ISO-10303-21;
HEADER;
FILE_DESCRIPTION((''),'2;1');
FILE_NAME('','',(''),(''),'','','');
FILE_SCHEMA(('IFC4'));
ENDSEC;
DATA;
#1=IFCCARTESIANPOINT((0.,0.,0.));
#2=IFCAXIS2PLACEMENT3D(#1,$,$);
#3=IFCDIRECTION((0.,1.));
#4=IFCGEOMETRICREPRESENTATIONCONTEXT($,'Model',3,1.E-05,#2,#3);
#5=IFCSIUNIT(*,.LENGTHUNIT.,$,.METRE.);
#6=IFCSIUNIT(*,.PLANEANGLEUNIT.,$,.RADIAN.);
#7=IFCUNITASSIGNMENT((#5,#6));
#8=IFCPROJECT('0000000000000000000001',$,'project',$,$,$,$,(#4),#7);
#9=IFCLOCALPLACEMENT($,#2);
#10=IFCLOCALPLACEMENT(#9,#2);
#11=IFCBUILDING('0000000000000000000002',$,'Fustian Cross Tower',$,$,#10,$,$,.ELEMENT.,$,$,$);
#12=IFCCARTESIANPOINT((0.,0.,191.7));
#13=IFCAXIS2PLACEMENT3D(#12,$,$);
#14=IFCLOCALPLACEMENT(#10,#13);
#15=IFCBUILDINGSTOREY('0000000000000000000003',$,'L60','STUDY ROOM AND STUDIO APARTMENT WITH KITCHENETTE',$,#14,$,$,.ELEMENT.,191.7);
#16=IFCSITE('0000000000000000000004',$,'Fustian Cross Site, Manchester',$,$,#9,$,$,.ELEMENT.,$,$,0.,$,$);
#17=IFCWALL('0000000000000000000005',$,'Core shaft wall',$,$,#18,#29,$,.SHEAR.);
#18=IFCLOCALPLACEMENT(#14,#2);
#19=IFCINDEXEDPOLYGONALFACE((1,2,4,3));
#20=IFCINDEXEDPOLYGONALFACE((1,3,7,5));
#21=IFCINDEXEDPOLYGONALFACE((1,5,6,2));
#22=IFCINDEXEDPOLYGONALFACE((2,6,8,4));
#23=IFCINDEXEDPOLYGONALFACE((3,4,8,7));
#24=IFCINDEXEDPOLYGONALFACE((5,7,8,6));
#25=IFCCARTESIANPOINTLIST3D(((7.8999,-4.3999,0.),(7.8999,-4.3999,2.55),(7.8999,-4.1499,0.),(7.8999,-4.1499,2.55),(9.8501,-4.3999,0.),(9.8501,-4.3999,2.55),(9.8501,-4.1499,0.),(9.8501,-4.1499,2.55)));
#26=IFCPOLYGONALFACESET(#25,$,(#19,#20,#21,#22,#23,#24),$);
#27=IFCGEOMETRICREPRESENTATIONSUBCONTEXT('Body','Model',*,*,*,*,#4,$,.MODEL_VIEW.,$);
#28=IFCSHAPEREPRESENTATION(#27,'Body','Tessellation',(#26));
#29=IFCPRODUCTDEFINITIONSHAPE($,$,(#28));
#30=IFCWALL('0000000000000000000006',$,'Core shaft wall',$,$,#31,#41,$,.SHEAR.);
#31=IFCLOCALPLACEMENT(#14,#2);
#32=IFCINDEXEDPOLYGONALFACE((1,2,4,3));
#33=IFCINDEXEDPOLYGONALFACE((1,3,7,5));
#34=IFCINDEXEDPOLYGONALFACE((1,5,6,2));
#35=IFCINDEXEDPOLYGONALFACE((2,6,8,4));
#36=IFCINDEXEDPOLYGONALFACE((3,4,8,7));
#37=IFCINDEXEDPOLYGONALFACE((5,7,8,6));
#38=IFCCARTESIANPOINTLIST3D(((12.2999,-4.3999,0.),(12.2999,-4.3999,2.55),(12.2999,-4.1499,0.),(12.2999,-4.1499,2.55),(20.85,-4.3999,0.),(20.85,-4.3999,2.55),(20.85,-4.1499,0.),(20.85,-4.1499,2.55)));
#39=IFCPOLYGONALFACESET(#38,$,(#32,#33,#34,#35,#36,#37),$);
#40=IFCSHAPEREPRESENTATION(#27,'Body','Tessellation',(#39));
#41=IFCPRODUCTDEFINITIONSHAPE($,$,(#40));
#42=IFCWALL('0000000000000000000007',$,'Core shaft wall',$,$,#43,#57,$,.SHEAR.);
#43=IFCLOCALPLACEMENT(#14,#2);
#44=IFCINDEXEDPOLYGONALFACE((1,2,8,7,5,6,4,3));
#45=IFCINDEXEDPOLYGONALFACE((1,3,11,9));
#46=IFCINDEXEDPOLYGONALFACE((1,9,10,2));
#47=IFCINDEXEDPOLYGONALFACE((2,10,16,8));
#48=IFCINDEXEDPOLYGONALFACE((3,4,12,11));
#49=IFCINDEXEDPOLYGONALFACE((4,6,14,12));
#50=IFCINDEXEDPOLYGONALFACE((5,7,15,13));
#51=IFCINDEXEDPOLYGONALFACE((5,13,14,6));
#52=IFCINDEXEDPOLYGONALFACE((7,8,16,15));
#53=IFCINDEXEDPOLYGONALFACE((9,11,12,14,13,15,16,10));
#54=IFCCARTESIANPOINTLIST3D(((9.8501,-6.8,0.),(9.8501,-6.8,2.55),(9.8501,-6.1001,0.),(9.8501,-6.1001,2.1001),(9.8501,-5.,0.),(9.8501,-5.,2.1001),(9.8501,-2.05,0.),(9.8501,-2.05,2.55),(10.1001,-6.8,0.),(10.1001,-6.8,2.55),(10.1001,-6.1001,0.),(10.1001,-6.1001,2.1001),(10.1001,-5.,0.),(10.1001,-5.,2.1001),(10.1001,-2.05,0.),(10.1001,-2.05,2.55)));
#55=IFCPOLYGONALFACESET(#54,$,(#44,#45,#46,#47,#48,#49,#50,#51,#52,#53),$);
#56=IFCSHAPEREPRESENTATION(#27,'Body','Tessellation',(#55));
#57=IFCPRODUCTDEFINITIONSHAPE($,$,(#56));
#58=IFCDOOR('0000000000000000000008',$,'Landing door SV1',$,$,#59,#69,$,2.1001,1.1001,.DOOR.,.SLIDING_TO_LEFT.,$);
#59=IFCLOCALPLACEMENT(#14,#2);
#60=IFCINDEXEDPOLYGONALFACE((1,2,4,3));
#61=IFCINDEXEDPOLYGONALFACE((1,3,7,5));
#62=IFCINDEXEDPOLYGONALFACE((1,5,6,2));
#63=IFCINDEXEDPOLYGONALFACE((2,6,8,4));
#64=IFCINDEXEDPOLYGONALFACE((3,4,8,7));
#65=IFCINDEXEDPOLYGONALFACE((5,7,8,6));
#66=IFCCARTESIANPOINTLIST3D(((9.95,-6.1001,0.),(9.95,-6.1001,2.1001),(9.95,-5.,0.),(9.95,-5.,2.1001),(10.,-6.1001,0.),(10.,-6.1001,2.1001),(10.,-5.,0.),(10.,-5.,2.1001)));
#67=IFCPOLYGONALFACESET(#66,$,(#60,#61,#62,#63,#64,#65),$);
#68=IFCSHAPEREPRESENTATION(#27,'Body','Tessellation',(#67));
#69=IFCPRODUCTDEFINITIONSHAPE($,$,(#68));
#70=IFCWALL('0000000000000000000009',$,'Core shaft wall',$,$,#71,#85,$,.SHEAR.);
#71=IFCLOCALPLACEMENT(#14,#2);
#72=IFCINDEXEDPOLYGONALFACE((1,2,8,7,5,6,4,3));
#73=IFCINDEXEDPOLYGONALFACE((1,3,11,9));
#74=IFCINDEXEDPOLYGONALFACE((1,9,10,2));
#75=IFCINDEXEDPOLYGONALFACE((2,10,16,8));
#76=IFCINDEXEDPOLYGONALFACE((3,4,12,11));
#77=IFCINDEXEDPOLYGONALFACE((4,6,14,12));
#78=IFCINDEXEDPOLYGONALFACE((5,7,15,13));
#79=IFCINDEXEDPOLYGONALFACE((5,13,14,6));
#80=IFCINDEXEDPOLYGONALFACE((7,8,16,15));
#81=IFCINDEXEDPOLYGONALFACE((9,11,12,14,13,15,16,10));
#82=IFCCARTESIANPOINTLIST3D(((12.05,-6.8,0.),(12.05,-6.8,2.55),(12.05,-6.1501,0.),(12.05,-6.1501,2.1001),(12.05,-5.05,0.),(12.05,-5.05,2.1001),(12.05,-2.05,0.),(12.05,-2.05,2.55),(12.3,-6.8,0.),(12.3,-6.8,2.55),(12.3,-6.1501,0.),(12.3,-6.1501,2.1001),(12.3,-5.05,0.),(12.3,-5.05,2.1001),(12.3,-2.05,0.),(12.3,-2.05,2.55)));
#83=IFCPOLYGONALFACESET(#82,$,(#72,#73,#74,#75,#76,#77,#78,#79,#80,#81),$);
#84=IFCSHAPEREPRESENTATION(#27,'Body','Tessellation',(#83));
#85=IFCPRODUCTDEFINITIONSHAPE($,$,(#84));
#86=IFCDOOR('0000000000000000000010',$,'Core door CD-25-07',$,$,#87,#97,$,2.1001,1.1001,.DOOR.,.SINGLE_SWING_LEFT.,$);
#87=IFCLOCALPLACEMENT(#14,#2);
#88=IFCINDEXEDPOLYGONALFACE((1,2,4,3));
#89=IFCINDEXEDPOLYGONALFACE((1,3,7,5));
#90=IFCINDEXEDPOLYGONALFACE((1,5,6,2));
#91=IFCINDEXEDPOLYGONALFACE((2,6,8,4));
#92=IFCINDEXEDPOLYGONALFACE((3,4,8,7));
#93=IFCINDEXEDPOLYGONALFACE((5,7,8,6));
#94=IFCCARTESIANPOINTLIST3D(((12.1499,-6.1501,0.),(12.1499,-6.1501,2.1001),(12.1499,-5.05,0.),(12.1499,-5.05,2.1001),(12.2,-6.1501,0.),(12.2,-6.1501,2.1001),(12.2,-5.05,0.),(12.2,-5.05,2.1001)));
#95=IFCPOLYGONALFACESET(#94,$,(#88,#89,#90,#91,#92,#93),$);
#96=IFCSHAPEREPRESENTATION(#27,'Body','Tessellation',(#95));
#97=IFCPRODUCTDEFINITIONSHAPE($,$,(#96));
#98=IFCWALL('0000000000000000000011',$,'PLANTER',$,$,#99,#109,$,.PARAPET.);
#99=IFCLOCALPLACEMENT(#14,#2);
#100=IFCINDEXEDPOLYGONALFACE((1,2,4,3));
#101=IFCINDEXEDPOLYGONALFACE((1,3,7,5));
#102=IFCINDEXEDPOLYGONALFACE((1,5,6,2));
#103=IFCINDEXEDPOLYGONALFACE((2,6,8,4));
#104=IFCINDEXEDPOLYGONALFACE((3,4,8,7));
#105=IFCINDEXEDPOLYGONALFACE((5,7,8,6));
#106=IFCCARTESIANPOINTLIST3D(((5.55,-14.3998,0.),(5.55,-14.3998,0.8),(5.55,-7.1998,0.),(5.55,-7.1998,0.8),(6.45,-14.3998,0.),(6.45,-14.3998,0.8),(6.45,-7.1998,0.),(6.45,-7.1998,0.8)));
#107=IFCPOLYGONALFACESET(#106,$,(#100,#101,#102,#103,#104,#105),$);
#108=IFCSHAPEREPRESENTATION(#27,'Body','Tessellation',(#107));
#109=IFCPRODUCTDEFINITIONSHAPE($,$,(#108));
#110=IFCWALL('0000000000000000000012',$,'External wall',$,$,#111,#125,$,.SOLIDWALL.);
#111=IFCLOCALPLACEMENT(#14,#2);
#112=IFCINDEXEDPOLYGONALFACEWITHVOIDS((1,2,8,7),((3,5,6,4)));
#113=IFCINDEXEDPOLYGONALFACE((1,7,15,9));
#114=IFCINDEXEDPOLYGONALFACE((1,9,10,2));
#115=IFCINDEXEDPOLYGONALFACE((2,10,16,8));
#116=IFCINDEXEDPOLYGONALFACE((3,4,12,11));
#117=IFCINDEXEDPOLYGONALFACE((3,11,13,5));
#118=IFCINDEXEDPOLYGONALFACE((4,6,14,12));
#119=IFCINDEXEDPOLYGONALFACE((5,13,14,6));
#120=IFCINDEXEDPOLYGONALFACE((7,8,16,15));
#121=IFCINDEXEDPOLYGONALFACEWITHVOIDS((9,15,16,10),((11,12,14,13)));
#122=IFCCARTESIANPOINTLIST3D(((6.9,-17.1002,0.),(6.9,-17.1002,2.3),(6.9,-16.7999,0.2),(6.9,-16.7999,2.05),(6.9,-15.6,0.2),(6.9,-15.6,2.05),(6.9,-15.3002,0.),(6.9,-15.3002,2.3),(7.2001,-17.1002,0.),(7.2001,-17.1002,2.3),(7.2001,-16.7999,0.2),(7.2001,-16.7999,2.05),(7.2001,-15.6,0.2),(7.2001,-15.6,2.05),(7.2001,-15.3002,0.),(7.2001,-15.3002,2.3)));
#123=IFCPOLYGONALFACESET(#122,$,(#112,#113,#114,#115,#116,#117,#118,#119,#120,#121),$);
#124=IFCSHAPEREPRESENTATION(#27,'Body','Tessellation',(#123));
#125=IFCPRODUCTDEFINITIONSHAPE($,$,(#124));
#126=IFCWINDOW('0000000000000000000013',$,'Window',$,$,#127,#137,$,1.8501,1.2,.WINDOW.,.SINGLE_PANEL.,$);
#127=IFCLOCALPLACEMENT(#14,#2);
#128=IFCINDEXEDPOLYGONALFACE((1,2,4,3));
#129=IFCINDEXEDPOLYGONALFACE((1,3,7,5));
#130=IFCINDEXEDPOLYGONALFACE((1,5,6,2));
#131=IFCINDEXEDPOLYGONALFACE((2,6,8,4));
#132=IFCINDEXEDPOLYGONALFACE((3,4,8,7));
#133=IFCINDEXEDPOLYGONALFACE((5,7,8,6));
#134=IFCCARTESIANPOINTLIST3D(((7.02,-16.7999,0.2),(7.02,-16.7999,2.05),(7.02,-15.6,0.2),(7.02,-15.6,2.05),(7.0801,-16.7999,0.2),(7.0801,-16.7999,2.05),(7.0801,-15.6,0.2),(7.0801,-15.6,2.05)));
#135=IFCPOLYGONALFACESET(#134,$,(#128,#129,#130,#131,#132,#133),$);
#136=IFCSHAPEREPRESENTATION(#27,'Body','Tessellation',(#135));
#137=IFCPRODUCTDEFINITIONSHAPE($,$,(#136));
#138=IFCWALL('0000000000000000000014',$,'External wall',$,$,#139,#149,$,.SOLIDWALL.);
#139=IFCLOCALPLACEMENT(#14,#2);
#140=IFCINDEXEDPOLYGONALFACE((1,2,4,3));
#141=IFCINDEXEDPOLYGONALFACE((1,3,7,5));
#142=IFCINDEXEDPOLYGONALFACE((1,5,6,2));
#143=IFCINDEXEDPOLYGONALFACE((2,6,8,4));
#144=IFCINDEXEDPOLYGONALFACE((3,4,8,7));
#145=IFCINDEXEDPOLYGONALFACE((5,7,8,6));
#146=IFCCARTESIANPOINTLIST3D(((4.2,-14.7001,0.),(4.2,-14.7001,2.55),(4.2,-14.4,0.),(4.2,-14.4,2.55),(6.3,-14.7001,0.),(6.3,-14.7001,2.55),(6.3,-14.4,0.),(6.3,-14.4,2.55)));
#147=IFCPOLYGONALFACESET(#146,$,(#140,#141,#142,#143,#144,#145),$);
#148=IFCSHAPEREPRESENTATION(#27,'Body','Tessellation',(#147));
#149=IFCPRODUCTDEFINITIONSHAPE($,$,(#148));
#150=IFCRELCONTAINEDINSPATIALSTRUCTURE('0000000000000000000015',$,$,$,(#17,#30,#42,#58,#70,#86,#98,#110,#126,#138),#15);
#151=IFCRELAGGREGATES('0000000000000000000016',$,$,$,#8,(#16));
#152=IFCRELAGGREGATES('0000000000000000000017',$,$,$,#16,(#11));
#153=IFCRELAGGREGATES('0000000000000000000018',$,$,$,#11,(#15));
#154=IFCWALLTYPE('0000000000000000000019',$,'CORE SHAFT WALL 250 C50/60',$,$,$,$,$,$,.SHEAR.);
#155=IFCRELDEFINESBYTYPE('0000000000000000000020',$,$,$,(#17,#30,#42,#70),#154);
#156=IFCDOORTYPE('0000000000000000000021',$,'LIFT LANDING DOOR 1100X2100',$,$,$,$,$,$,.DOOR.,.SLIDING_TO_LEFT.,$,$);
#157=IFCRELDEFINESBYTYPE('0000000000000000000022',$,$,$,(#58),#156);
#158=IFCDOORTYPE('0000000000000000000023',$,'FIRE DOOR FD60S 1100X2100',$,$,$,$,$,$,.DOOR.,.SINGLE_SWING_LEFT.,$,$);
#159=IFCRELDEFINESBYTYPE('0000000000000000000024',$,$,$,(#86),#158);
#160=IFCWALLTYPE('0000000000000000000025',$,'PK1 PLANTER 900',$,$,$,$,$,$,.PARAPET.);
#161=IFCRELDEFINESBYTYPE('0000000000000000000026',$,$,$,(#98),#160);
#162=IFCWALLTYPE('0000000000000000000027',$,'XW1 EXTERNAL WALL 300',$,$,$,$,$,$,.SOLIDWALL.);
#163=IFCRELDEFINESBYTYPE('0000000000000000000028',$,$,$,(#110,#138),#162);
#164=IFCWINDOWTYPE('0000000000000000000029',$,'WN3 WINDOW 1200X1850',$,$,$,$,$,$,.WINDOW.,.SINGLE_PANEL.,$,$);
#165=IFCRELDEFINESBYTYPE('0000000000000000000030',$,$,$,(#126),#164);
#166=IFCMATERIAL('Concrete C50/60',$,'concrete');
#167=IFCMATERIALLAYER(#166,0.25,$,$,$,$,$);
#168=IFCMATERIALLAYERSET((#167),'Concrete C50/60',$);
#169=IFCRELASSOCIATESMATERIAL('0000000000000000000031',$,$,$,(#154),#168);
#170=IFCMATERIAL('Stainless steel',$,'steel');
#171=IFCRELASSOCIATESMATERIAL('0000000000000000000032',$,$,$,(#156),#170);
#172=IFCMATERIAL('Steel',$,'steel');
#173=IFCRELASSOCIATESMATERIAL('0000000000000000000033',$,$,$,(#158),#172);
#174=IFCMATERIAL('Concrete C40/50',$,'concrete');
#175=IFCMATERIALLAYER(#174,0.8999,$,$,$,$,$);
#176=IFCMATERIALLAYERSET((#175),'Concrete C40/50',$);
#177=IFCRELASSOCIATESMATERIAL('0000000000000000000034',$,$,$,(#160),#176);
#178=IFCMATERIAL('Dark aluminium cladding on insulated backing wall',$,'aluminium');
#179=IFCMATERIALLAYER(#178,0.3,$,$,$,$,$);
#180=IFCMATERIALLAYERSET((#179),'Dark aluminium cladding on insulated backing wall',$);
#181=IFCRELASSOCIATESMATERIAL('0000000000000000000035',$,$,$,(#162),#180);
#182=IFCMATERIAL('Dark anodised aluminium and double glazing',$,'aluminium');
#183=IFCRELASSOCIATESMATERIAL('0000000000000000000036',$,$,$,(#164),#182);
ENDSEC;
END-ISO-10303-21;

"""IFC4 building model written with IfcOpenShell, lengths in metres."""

from ifc_helpers import new_model, si_unit, direction, frame, frame_2d, origin, place, context, subcontext, project, spatial, rectangle, extrude, material, layer, layer_set, type_object, element, fill, save


model = new_model("IFC4")

# Units and contexts
model_context = context("Model", 3, precision=1e-05, world=origin(), true_north=direction((0.0, 1.0)))
body_context = subcontext(model_context, "Body", "Model", "MODEL_VIEW")
ifc_project = project(units=[si_unit("LENGTHUNIT", "METRE"), si_unit("PLANEANGLEUNIT", "RADIAN")], contexts=[model_context])

# Site, building, storey
site_placement = place(None, origin())
site = spatial("IfcSite", under=ifc_project, at=site_placement, Name="Fustian Cross Site, Manchester", CompositionType="ELEMENT", RefElevation=0.0)
building_placement = place(site_placement, origin())
building = spatial("IfcBuilding", under=site, at=building_placement, Name="Fustian Cross Tower", CompositionType="ELEMENT")
storey_placement = place(building_placement, frame((0.0, 0.0, 191.7)))
storey = spatial("IfcBuildingStorey", under=building, at=storey_placement, Name="L60", Description="STUDY ROOM AND STUDIO APARTMENT WITH KITCHENETTE", CompositionType="ELEMENT", Elevation=191.7)

# Walls
ifc_material_1 = material(Name="Concrete C50/60", Category="concrete")
ifc_layer_1 = layer(ifc_material_1, 0.25)
ifc_layer_set_1 = layer_set([ifc_layer_1], Name="Concrete C50/60")
wall_type_1 = type_object("IfcWallType", Name="CORE SHAFT WALL 250 C50/60", PredefinedType="SHEAR", material=ifc_layer_set_1)
wall_1_placement = place(storey_placement, frame((7.8999, -4.2749, 0.0), z_axis=(0.0, 0.0, 1.0), x_axis=(1.0, 0.0, 0.0)))
element("IfcWall", 1, at=wall_1_placement, inside=storey, type_object=wall_type_1, Name="Core shaft wall", PredefinedType="SHEAR", context=body_context, shape_type="SweptSolid", body=[
    extrude(rectangle(XDim=1.9502, YDim=0.25, at=frame_2d((0.9751, 0.0))), origin(), (0.0, 0.0, 1.0), 2.55),
])
wall_2_placement = place(storey_placement, frame((12.3, -4.2749, 0.0), z_axis=(0.0, 0.0, 1.0), x_axis=(1.0, 0.0, 0.0)))
element("IfcWall", 2, at=wall_2_placement, inside=storey, type_object=wall_type_1, Name="Core shaft wall", PredefinedType="SHEAR", context=body_context, shape_type="SweptSolid", body=[
    extrude(rectangle(XDim=8.55, YDim=0.25, at=frame_2d((4.2749, 0.0))), origin(), (0.0, 0.0, 1.0), 2.55),
])

# Walls, openings, doors
wall_3_placement = place(storey_placement, frame((9.9751, -2.05, 0.0), z_axis=(0.0, 0.0, 1.0), x_axis=(0.0, -1.0, 0.0)))
wall_3 = element("IfcWall", 3, at=wall_3_placement, inside=storey, type_object=wall_type_1, Name="Core shaft wall", PredefinedType="SHEAR", context=body_context, shape_type="SweptSolid", body=[
    extrude(rectangle(XDim=4.75, YDim=0.25, at=frame_2d((2.375, 0.0))), origin(), (0.0, 0.0, 1.0), 2.55),
])
opening_1_placement = place(wall_3_placement, frame((2.95, 0.0, 0.0)))
opening_1 = element("IfcOpeningElement", 4, at=opening_1_placement, cuts=wall_3, PredefinedType="OPENING", context=body_context, shape_type="SweptSolid", body=[
    extrude(rectangle(XDim=1.1001, YDim=2.1001, at=frame_2d((0.55, 1.05))), frame((0.0, 0.135, 0.0), z_axis=(0.0, -1.0, 0.0), x_axis=(1.0, 0.0, 0.0)), (0.0, 0.0, 1.0), 0.27),
])
ifc_material_2 = material(Name="Stainless steel", Category="steel")
door_type_1 = type_object("IfcDoorType", Name="LIFT LANDING DOOR 1100X2100", OperationType="SLIDING_TO_LEFT", PredefinedType="DOOR", material=ifc_material_2)
door_1_placement = place(opening_1_placement, origin())
door_1 = element("IfcDoor", 5, at=door_1_placement, inside=storey, type_object=door_type_1, Name="Landing door SV1", OperationType="SLIDING_TO_LEFT", OverallHeight=2.1001, OverallWidth=1.1001, PredefinedType="DOOR", context=body_context, shape_type="SweptSolid", body=[
    extrude(rectangle(XDim=1.1001, YDim=2.1001, at=frame_2d((0.55, 1.05))), frame((0.0, 0.0249, 0.0), z_axis=(0.0, -1.0, 0.0), x_axis=(1.0, 0.0, 0.0)), (0.0, 0.0, 1.0), 0.05),
])
fill(opening_1, door_1)
wall_4_placement = place(storey_placement, frame((12.175, -2.05, 0.0), z_axis=(0.0, 0.0, 1.0), x_axis=(0.0, -1.0, 0.0)))
wall_4 = element("IfcWall", 6, at=wall_4_placement, inside=storey, type_object=wall_type_1, Name="Core shaft wall", PredefinedType="SHEAR", context=body_context, shape_type="SweptSolid", body=[
    extrude(rectangle(XDim=4.75, YDim=0.25, at=frame_2d((2.375, 0.0))), origin(), (0.0, 0.0, 1.0), 2.55),
])
opening_2_placement = place(wall_4_placement, frame((3.0, 0.0, 0.0)))
opening_2 = element("IfcOpeningElement", 7, at=opening_2_placement, cuts=wall_4, PredefinedType="OPENING", context=body_context, shape_type="SweptSolid", body=[
    extrude(rectangle(XDim=1.1001, YDim=2.1001, at=frame_2d((0.55, 1.05))), frame((0.0, 0.135, 0.0), z_axis=(0.0, -1.0, 0.0), x_axis=(1.0, 0.0, 0.0)), (0.0, 0.0, 1.0), 0.27),
])
ifc_material_3 = material(Name="Steel", Category="steel")
door_type_2 = type_object("IfcDoorType", Name="FIRE DOOR FD60S 1100X2100", OperationType="SINGLE_SWING_LEFT", PredefinedType="DOOR", material=ifc_material_3)
door_2_placement = place(opening_2_placement, origin())
door_2 = element("IfcDoor", 8, at=door_2_placement, inside=storey, type_object=door_type_2, Name="Core door CD-25-07", OperationType="SINGLE_SWING_LEFT", OverallHeight=2.1001, OverallWidth=1.1001, PredefinedType="DOOR", context=body_context, shape_type="SweptSolid", body=[
    extrude(rectangle(XDim=1.1001, YDim=2.1001, at=frame_2d((0.55, 1.05))), frame((0.0, 0.0249, 0.0), z_axis=(0.0, -1.0, 0.0), x_axis=(1.0, 0.0, 0.0)), (0.0, 0.0, 1.0), 0.05),
])
fill(opening_2, door_2)

# Wall
ifc_material_4 = material(Name="Concrete C40/50", Category="concrete")
ifc_layer_2 = layer(ifc_material_4, 0.8999)
ifc_layer_set_2 = layer_set([ifc_layer_2], Name="Concrete C40/50")
wall_type_2 = type_object("IfcWallType", Name="PK1 PLANTER 900", PredefinedType="PARAPET", material=ifc_layer_set_2)
wall_5_placement = place(storey_placement, frame((6.0, -14.3999, 0.0), z_axis=(0.0, 0.0, 1.0), x_axis=(0.0, 1.0, 0.0)))
element("IfcWall", 9, at=wall_5_placement, inside=storey, type_object=wall_type_2, Name="PLANTER", PredefinedType="PARAPET", context=body_context, shape_type="SweptSolid", body=[
    extrude(rectangle(XDim=7.2, YDim=0.8999, at=frame_2d((3.6001, 0.0))), origin(), (0.0, 0.0, 1.0), 0.8),
])

# Wall, opening, window
ifc_material_5 = material(Name="Dark aluminium cladding on insulated backing wall", Category="aluminium")
ifc_layer_3 = layer(ifc_material_5, 0.3)
ifc_layer_set_3 = layer_set([ifc_layer_3], Name="Dark aluminium cladding on insulated backing wall")
wall_type_3 = type_object("IfcWallType", Name="XW1 EXTERNAL WALL 300", PredefinedType="SOLIDWALL", material=ifc_layer_set_3)
wall_6_placement = place(storey_placement, frame((7.05, -17.1001, 0.0), z_axis=(0.0, 0.0, 1.0), x_axis=(0.0, 1.0, 0.0)))
wall_6 = element("IfcWall", 10, at=wall_6_placement, inside=storey, type_object=wall_type_3, Name="External wall", PredefinedType="SOLIDWALL", context=body_context, shape_type="SweptSolid", body=[
    extrude(rectangle(XDim=1.8, YDim=0.3, at=frame_2d((0.8999, 0.0))), origin(), (0.0, 0.0, 1.0), 2.3),
])
opening_3_placement = place(wall_6_placement, frame((0.3, 0.0, 0.2)))
opening_3 = element("IfcOpeningElement", 11, at=opening_3_placement, cuts=wall_6, PredefinedType="OPENING", context=body_context, shape_type="SweptSolid", body=[
    extrude(rectangle(XDim=1.2, YDim=1.8501, at=frame_2d((0.6001, 0.925))), frame((0.0, 0.1599, 0.0), z_axis=(0.0, -1.0, 0.0), x_axis=(1.0, 0.0, 0.0)), (0.0, 0.0, 1.0), 0.3201),
])
ifc_material_6 = material(Name="Dark anodised aluminium and double glazing", Category="aluminium")
window_type = type_object("IfcWindowType", Name="WN3 WINDOW 1200X1850", PartitioningType="SINGLE_PANEL", PredefinedType="WINDOW", material=ifc_material_6)
window_placement = place(opening_3_placement, origin())
window = element("IfcWindow", 12, at=window_placement, inside=storey, type_object=window_type, Name="Window", OverallHeight=1.8501, OverallWidth=1.2, PartitioningType="SINGLE_PANEL", PredefinedType="WINDOW", context=body_context, shape_type="SweptSolid", body=[
    extrude(rectangle(XDim=1.2, YDim=1.8501, at=frame_2d((0.6001, 0.925))), frame((0.0, 0.03, 0.0), z_axis=(0.0, -1.0, 0.0), x_axis=(1.0, 0.0, 0.0)), (0.0, 0.0, 1.0), 0.0601),
])
fill(opening_3, window)

# Wall
wall_7_placement = place(storey_placement, frame((6.3, -14.55, 0.0), z_axis=(0.0, 0.0, 1.0), x_axis=(-1.0, 0.0, 0.0)))
element("IfcWall", 13, at=wall_7_placement, inside=storey, type_object=wall_type_3, Name="External wall", PredefinedType="SOLIDWALL", context=body_context, shape_type="SweptSolid", body=[
    extrude(rectangle(XDim=2.1001, YDim=0.3, at=frame_2d((1.05, 0.0))), origin(), (0.0, 0.0, 1.0), 2.55),
])

save(model, "model.ifc")
